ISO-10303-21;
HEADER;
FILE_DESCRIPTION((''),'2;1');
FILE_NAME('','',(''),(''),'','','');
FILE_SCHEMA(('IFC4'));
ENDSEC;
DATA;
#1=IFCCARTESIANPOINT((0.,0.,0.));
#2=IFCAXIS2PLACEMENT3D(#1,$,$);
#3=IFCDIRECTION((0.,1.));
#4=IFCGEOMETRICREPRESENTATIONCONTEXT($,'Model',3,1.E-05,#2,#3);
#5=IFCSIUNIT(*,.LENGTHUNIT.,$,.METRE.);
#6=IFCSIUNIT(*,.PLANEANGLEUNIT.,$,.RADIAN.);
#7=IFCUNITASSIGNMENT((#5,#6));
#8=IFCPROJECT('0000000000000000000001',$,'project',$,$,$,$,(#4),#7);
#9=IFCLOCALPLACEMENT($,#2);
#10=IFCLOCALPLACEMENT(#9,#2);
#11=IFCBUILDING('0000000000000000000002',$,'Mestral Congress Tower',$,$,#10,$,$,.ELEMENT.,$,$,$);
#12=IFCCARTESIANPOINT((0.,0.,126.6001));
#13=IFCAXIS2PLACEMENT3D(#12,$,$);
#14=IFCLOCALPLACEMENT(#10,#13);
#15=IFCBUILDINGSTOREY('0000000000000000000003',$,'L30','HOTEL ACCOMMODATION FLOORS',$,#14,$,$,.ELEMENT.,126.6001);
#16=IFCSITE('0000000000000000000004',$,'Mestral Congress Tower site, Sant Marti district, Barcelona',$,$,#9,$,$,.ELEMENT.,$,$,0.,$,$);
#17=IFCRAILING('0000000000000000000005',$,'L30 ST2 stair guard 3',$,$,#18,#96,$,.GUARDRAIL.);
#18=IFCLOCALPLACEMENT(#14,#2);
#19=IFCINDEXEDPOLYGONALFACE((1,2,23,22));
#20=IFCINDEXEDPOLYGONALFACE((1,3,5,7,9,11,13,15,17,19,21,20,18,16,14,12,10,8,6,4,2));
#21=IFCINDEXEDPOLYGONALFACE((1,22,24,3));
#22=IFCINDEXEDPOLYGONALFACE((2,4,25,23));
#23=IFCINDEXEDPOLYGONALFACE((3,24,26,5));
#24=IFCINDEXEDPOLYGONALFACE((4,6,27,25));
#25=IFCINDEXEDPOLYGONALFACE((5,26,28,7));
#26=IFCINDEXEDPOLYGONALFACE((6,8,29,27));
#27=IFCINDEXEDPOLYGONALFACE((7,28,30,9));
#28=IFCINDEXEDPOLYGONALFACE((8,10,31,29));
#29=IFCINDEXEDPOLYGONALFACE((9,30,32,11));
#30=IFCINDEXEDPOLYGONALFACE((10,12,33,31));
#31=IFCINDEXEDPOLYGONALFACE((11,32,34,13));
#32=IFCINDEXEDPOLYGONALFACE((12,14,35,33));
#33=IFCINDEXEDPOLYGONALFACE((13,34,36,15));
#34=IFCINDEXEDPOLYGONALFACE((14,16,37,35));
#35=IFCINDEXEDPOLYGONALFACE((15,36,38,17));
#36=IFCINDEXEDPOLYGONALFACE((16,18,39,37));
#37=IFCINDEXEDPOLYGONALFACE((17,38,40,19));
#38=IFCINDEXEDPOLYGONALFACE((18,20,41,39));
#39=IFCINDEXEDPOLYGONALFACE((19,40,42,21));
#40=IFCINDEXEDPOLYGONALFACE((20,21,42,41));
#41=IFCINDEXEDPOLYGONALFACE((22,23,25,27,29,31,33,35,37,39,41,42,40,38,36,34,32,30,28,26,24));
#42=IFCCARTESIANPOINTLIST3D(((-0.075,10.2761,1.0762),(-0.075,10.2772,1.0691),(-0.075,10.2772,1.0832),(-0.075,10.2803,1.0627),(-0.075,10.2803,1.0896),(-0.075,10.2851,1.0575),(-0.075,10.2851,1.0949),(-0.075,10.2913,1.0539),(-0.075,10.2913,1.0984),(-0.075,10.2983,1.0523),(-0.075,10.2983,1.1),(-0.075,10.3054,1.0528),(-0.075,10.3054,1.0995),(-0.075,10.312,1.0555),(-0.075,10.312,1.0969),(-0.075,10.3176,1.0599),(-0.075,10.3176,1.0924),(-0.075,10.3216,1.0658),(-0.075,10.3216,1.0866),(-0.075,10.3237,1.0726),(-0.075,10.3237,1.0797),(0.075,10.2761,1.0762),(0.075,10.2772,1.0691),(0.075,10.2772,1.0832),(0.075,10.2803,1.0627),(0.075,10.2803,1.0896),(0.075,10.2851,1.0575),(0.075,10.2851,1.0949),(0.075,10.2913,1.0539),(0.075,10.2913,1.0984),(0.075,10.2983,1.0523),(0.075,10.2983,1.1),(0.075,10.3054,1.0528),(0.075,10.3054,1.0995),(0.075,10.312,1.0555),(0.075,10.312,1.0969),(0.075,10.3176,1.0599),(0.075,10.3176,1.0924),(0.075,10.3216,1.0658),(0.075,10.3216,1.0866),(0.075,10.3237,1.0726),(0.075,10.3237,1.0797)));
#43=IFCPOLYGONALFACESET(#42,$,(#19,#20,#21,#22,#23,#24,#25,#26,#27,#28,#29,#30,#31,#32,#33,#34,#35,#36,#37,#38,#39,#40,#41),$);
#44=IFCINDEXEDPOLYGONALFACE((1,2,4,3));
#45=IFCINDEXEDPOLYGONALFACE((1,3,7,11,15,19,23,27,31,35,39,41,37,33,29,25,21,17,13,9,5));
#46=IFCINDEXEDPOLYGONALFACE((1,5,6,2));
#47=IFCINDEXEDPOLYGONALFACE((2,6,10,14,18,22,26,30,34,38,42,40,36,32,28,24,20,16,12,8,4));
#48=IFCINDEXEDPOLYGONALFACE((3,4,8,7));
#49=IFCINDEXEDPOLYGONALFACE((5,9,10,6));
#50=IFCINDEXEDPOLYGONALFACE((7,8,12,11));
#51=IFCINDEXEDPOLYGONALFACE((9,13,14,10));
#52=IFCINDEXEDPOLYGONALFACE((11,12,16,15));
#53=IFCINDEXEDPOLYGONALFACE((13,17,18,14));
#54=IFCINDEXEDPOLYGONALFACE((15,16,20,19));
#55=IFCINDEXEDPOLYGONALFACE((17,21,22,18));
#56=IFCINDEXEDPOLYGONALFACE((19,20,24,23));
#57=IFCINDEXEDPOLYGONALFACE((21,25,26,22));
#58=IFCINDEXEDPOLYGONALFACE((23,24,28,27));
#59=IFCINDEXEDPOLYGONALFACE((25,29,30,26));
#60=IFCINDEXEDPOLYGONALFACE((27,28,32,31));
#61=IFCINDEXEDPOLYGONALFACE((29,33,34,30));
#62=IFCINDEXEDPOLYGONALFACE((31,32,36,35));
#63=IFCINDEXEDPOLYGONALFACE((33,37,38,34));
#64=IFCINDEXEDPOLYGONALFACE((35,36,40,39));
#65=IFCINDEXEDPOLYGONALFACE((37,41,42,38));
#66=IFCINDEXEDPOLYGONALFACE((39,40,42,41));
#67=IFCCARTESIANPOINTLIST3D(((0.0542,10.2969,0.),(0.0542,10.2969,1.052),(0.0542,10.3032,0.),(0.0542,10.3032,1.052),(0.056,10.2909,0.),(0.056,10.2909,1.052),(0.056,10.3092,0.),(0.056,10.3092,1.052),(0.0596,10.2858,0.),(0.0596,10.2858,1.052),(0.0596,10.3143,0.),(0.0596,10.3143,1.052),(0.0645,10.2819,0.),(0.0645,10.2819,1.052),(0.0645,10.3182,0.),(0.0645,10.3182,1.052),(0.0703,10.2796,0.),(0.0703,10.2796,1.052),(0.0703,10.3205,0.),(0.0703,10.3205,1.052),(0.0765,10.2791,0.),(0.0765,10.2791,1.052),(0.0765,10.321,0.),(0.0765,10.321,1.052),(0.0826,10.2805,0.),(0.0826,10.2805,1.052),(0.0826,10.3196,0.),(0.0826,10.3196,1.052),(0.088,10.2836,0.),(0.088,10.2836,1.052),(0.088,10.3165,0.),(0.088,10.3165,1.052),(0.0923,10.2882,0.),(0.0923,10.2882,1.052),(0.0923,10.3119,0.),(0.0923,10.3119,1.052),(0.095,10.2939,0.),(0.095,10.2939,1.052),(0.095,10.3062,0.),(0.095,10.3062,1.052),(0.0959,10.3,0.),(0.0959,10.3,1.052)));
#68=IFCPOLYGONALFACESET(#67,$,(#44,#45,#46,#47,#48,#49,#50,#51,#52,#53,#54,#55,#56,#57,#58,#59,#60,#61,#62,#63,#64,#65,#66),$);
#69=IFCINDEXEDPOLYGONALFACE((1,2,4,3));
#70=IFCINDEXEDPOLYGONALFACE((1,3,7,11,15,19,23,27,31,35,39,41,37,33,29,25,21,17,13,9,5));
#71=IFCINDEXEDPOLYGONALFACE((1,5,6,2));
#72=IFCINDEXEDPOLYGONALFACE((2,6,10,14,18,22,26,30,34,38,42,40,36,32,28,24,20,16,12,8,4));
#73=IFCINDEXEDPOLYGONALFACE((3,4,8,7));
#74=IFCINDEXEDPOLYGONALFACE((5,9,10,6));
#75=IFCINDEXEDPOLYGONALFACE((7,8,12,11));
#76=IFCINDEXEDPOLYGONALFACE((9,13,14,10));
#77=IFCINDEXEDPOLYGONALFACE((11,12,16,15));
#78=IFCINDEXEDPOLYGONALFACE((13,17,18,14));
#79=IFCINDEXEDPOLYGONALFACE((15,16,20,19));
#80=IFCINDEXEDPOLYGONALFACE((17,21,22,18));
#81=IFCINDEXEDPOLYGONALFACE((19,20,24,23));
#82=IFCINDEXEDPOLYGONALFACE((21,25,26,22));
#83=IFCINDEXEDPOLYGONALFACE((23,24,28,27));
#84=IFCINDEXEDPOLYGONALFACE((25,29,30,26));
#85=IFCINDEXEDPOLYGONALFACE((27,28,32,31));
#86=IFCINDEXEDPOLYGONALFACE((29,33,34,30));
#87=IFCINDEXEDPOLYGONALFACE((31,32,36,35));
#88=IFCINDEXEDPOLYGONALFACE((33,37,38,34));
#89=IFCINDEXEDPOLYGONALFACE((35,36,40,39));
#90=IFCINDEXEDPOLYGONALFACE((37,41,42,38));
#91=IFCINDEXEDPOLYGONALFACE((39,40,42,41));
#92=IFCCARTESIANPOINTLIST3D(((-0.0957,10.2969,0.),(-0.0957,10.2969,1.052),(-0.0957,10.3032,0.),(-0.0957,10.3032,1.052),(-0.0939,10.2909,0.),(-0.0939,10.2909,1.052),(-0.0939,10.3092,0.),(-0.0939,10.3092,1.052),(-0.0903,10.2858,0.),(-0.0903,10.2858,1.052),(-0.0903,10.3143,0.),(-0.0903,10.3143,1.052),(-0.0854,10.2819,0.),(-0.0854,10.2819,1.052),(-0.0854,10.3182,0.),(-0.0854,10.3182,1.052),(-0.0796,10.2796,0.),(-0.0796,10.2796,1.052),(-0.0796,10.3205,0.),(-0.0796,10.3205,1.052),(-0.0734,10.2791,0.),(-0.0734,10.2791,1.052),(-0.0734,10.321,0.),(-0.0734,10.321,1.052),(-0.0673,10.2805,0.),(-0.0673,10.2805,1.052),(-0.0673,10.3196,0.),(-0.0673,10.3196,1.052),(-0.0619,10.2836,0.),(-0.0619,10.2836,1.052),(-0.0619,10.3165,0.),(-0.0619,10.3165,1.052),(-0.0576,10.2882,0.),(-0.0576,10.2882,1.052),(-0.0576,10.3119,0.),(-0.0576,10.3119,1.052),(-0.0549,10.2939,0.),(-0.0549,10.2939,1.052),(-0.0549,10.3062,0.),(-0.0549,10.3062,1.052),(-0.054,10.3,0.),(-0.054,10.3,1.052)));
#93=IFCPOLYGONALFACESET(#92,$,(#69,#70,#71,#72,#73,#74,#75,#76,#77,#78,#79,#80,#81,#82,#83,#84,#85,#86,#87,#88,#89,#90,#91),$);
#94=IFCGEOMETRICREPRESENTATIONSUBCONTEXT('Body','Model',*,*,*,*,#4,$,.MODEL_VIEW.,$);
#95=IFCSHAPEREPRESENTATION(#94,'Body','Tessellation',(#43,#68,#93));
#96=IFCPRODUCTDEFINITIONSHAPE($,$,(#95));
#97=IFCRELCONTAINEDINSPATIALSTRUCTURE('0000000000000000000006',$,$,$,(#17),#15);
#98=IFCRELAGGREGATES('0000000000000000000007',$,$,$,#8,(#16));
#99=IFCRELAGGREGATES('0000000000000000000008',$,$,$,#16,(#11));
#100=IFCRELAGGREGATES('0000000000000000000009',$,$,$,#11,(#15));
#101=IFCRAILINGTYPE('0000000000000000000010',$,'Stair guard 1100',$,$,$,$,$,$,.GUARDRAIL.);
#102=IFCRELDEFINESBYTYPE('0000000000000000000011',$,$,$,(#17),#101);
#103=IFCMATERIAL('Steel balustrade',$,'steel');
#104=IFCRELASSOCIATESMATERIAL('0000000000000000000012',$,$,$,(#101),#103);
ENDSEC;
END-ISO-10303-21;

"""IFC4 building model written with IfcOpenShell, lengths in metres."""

from ifc_helpers import new_model, si_unit, direction, frame, origin, origin_2d, place, context, subcontext, project, spatial, circle, extrude, material, type_object, element, save


model = new_model("IFC4")

# Units and contexts
model_context = context("Model", 3, precision=1e-05, world=origin(), true_north=direction((0.0, 1.0)))
body_context = subcontext(model_context, "Body", "Model", "MODEL_VIEW")
ifc_project = project(units=[si_unit("LENGTHUNIT", "METRE"), si_unit("PLANEANGLEUNIT", "RADIAN")], contexts=[model_context])

# Site, building, storey
site_placement = place(None, origin())
site = spatial("IfcSite", under=ifc_project, at=site_placement, Name="Mestral Congress Tower site, Sant Marti district, Barcelona", CompositionType="ELEMENT", RefElevation=0.0)
building_placement = place(site_placement, origin())
building = spatial("IfcBuilding", under=site, at=building_placement, Name="Mestral Congress Tower", CompositionType="ELEMENT")
storey_placement = place(building_placement, frame((0.0, 0.0, 126.6001)))
storey = spatial("IfcBuildingStorey", under=building, at=storey_placement, Name="L30", Description="HOTEL ACCOMMODATION FLOORS", CompositionType="ELEMENT", Elevation=126.6001)

# Railing
ifc_material_1 = material(Name="Steel balustrade", Category="steel")
railing_type_1 = type_object("IfcRailingType", Name="Stair guard 1100", PredefinedType="GUARDRAIL", material=ifc_material_1)
railing_1_placement = place(storey_placement, frame((0.075, 10.3, 0.0)))
element("IfcRailing", 1, at=railing_1_placement, inside=storey, type_object=railing_type_1, Name="L30 ST2 stair guard 3", PredefinedType="GUARDRAIL", context=body_context, shape_type="SweptSolid", body=[
    extrude(circle(Radius=0.0239, at=origin_2d()), frame((0.0, 0.0, 1.0762), z_axis=(-1.0, 0.0, 0.0), x_axis=(0.0, -1.0, 0.0)), (0.0, 0.0, 1.0), 0.1499),
    extrude(circle(Radius=0.021, at=origin_2d()), origin(), (0.0, 0.0, 1.0), 1.052),
    extrude(circle(Radius=0.021, at=origin_2d()), frame((-0.1499, 0.0, 0.0)), (0.0, 0.0, 1.0), 1.052),
])

save(model, "model.ifc")
